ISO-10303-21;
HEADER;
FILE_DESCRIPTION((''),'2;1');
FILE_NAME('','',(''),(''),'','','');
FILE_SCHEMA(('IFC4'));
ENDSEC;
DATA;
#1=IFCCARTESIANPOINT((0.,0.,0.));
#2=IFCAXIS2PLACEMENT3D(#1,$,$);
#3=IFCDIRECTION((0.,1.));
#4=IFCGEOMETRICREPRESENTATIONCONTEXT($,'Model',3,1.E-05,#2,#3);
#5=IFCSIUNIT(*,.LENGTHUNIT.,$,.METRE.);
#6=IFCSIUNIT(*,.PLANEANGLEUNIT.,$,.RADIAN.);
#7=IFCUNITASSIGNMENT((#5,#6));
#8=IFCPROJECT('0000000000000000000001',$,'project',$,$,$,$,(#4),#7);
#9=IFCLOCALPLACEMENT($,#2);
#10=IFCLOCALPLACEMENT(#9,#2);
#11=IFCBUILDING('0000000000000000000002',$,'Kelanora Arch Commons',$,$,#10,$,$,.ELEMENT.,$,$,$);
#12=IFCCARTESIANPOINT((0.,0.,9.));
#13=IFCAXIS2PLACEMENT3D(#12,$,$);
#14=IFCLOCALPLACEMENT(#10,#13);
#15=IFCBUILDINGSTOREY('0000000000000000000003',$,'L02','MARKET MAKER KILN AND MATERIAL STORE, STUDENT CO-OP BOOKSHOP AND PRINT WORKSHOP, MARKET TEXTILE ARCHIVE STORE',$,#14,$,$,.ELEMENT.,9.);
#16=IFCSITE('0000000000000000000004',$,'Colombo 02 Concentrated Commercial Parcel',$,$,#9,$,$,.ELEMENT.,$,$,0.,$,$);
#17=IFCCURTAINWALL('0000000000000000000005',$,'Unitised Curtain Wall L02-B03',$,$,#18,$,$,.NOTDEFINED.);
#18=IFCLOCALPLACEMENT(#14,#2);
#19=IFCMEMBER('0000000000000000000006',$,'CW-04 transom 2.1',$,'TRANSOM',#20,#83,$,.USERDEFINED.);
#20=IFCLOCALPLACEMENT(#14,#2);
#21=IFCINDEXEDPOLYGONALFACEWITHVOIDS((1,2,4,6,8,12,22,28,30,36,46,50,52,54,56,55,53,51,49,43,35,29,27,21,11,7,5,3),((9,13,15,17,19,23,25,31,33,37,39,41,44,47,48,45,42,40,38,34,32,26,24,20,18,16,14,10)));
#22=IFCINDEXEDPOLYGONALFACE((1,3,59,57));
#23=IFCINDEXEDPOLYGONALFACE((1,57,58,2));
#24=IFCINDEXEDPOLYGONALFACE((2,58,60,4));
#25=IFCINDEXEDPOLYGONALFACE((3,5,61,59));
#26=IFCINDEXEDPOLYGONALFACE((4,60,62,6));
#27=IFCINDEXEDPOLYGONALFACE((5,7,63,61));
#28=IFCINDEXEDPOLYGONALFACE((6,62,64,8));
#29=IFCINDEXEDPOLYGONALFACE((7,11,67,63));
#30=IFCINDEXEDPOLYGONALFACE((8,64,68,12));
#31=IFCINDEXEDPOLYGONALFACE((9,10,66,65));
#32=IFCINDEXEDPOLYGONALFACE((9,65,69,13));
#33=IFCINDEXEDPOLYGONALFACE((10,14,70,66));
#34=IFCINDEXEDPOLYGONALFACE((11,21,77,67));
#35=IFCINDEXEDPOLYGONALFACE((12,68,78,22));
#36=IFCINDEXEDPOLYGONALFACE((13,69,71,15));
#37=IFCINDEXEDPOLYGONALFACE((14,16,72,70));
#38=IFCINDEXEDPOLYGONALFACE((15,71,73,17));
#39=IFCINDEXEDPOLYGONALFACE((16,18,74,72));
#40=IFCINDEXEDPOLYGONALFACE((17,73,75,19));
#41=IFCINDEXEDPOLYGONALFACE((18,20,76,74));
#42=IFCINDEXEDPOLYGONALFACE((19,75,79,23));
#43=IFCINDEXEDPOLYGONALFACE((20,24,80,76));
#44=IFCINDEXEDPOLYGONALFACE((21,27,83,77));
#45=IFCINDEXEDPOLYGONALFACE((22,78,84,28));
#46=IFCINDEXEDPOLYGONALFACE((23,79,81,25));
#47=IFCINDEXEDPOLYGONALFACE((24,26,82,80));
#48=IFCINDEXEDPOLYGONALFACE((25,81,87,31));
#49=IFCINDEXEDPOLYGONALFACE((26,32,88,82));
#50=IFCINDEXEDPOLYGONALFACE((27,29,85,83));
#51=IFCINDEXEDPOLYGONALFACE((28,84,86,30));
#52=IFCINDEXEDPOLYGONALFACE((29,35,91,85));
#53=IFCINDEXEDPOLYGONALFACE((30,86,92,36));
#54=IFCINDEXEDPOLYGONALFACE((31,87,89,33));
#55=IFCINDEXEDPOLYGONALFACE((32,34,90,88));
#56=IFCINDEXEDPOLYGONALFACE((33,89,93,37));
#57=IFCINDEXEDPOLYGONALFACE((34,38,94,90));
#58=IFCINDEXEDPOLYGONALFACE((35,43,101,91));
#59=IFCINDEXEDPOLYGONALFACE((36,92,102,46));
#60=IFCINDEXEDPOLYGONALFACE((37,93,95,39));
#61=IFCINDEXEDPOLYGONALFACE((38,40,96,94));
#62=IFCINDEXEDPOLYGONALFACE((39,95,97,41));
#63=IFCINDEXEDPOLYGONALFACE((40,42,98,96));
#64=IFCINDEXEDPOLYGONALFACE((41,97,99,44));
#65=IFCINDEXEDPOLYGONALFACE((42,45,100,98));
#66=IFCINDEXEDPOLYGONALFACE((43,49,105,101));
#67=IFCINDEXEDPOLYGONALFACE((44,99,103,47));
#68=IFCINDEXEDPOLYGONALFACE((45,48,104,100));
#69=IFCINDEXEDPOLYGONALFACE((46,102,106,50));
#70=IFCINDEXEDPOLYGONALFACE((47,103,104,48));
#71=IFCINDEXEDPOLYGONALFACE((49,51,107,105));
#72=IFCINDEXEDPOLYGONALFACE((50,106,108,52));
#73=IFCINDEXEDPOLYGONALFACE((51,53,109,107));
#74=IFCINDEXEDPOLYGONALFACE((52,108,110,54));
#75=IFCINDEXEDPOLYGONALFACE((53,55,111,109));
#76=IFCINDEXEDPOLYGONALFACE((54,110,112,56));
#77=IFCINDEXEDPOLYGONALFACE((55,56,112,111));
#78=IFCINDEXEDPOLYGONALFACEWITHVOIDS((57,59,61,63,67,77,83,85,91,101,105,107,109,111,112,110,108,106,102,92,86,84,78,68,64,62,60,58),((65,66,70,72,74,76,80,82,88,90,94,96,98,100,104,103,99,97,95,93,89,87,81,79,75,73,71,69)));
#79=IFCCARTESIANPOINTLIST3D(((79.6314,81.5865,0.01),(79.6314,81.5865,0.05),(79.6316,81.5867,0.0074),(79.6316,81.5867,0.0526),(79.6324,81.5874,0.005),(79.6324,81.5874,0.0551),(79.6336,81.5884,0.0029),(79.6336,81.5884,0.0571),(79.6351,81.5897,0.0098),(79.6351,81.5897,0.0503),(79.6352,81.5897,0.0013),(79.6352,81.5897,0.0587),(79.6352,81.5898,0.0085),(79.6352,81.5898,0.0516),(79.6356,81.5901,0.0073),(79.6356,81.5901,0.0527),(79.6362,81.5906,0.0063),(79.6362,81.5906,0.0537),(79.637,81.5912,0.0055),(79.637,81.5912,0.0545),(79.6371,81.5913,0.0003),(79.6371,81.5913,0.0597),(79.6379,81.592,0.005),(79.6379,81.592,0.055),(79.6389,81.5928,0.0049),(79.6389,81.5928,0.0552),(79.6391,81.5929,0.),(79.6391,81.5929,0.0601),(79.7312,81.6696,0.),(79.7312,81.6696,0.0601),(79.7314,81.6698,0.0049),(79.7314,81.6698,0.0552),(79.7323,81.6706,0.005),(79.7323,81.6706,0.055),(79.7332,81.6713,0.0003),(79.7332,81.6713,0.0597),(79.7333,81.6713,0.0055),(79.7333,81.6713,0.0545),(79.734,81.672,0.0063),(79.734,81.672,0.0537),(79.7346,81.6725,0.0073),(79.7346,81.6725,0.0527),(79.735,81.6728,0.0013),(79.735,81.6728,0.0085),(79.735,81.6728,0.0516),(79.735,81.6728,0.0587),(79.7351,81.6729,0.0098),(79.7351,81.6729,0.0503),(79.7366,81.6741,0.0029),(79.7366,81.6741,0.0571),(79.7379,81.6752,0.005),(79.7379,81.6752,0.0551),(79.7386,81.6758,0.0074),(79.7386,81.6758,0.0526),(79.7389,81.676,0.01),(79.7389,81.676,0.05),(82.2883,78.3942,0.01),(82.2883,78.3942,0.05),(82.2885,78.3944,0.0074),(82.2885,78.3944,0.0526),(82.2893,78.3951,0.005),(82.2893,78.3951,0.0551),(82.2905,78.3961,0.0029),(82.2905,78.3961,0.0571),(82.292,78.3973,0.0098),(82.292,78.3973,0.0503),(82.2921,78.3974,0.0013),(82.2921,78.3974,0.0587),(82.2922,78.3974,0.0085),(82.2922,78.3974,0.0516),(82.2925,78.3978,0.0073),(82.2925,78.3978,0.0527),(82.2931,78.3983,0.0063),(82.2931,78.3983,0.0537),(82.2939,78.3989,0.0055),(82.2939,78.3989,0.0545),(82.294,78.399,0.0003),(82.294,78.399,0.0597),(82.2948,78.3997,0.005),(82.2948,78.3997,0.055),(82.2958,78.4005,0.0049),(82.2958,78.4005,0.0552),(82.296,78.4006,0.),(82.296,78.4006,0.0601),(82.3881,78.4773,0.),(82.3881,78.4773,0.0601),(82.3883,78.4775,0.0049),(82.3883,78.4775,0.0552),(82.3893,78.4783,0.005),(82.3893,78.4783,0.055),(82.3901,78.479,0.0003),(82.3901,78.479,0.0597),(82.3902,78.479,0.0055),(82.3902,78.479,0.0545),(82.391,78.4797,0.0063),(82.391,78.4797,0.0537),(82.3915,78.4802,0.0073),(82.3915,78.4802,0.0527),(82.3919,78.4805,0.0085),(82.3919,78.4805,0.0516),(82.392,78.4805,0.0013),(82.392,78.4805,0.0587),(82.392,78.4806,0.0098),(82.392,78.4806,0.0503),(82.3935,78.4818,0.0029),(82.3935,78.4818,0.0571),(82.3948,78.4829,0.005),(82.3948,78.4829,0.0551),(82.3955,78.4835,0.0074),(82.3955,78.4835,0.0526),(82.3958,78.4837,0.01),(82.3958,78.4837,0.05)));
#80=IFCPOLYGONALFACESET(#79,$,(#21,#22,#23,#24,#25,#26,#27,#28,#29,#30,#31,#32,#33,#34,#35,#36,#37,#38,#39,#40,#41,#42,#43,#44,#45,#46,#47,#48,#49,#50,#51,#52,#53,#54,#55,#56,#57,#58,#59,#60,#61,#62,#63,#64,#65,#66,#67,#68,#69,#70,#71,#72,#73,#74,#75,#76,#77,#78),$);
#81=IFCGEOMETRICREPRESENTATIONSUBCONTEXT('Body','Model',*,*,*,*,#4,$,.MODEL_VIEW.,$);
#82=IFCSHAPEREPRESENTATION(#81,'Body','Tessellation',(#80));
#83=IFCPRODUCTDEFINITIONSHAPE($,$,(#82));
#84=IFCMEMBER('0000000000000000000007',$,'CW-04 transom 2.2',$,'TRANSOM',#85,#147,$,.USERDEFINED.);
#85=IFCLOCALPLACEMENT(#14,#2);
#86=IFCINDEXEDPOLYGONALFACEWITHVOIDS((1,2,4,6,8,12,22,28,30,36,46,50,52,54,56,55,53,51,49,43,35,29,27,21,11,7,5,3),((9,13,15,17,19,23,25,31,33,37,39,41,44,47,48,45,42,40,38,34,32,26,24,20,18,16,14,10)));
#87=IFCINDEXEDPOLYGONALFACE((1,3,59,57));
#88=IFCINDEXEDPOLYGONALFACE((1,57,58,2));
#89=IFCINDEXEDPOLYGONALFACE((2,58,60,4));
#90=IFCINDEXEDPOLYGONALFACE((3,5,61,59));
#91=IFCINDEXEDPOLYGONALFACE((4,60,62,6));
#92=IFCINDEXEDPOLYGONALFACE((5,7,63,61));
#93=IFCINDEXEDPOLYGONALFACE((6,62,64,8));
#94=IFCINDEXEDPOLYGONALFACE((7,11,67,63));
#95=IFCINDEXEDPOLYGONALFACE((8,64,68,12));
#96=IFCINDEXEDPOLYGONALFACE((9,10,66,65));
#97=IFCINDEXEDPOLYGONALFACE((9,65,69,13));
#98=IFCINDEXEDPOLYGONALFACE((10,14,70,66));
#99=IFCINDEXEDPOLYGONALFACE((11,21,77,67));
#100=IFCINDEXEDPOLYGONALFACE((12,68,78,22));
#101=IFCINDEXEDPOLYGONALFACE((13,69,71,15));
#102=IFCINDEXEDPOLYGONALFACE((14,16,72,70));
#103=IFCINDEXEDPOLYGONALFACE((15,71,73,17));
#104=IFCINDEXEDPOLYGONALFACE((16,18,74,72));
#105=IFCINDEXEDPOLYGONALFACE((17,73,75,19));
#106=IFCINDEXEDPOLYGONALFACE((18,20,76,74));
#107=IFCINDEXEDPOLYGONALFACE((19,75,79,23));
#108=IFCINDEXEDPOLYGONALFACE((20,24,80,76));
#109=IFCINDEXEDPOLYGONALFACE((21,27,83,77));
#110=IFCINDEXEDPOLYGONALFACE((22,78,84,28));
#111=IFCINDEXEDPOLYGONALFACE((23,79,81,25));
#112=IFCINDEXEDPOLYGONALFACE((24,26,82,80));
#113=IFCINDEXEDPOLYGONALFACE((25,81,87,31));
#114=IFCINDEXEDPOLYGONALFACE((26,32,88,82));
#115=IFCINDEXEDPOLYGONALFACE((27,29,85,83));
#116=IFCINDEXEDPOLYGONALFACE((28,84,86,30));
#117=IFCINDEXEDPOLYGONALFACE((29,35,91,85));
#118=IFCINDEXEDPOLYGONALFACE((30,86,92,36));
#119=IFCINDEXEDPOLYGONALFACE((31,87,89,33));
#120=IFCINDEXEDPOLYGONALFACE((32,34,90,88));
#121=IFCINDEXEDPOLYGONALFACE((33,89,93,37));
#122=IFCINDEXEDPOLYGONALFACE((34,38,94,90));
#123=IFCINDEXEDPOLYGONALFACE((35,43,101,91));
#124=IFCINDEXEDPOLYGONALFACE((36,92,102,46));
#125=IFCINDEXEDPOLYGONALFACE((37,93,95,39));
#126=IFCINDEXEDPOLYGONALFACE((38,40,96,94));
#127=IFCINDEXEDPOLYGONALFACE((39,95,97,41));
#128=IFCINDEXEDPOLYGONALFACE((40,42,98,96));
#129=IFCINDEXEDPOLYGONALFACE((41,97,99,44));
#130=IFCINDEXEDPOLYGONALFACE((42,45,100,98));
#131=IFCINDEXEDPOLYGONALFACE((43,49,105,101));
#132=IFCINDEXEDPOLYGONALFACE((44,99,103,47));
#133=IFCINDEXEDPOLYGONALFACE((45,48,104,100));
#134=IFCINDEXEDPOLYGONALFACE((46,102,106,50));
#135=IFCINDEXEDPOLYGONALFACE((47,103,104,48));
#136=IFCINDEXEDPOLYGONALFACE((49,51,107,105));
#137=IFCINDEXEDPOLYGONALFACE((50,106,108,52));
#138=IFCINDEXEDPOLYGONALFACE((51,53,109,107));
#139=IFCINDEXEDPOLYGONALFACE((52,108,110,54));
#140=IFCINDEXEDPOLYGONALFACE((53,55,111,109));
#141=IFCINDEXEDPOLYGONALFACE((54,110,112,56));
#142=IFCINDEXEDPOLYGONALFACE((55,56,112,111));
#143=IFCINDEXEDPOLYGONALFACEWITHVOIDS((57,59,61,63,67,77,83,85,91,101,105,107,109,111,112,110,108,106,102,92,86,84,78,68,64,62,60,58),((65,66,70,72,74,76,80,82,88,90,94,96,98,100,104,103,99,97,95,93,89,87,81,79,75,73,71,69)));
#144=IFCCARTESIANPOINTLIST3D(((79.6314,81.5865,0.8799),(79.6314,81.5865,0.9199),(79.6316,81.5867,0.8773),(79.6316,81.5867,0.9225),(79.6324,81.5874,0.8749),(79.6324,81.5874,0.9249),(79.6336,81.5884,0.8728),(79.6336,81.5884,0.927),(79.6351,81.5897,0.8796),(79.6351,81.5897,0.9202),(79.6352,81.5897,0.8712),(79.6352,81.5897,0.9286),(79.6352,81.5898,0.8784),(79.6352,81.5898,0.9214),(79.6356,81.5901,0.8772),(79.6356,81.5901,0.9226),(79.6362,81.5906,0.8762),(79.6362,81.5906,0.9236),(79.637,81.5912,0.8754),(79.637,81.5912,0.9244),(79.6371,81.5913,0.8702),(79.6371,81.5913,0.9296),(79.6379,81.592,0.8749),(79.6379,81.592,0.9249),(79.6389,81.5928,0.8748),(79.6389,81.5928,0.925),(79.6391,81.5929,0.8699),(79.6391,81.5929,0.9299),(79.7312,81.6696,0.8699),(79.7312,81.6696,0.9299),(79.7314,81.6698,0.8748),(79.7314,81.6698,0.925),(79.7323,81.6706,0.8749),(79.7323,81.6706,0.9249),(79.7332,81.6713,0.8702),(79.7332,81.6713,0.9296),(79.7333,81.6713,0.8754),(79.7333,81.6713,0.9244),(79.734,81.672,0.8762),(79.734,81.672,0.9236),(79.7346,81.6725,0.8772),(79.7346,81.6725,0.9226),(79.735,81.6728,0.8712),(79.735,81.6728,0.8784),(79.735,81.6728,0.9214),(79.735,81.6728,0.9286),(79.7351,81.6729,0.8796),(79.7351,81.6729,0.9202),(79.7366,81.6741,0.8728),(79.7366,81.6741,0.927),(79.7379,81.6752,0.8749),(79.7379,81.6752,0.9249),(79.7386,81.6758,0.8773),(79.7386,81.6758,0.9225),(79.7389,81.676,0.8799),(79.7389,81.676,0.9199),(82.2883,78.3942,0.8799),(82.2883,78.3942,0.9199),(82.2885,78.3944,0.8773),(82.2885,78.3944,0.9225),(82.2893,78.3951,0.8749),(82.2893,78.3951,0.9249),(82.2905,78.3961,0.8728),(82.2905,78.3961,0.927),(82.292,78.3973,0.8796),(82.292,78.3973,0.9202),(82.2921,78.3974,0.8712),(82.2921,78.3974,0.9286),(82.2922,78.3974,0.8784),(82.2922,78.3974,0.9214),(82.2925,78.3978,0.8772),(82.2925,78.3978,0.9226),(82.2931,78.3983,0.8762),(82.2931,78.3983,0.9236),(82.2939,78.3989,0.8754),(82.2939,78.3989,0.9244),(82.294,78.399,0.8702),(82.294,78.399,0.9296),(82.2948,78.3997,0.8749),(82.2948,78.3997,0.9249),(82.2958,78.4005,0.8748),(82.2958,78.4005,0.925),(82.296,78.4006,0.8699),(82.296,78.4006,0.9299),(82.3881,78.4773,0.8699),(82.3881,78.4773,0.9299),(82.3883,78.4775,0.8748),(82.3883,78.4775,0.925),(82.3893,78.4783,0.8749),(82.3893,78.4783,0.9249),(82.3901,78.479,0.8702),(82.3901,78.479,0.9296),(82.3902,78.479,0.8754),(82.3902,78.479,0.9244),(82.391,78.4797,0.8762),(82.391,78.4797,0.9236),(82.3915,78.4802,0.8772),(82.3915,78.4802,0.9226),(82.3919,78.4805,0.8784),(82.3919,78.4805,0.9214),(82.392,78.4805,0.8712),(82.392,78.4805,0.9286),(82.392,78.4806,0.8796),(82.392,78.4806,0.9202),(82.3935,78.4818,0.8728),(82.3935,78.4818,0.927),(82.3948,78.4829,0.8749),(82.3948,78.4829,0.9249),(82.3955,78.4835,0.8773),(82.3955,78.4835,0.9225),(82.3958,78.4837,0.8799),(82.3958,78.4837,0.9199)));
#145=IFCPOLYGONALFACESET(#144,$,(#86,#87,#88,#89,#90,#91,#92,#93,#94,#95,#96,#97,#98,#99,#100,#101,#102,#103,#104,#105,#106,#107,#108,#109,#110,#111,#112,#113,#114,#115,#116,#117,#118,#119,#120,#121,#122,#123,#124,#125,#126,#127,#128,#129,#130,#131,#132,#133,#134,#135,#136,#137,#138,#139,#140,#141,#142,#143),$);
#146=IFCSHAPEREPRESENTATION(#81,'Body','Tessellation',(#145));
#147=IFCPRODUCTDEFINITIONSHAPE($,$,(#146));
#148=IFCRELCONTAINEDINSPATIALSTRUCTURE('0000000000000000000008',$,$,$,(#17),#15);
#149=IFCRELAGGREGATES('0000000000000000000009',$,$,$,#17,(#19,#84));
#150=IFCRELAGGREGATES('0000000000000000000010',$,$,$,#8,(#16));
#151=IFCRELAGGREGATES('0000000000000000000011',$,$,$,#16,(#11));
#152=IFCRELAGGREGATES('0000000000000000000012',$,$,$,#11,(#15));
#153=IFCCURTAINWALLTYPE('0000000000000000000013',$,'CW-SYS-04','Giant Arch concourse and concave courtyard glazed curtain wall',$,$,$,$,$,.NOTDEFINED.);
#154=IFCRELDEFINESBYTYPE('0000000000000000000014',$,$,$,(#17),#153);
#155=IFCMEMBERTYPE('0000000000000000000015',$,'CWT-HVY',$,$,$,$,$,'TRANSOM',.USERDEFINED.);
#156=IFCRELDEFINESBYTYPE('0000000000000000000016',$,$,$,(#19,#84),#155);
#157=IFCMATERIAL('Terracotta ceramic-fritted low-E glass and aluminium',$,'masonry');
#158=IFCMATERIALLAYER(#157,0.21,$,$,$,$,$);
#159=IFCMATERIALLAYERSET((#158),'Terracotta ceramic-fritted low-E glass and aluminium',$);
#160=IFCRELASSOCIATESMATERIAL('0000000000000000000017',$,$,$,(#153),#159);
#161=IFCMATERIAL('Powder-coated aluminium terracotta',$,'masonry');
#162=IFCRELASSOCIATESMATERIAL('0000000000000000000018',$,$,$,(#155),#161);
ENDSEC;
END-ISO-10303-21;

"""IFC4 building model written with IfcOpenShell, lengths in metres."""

from ifc_helpers import new_model, si_unit, direction, frame, origin, origin_2d, place, context, subcontext, project, spatial, hollow_rectangle, extrude, material, layer, layer_set, material_profile, profile_set, type_object, element, aggregate, save


model = new_model("IFC4")

# Units and contexts
model_context = context("Model", 3, precision=1e-05, world=origin(), true_north=direction((0.0, 1.0)))
body_context = subcontext(model_context, "Body", "Model", "MODEL_VIEW")
ifc_project = project(units=[si_unit("LENGTHUNIT", "METRE"), si_unit("PLANEANGLEUNIT", "RADIAN")], contexts=[model_context])

# Site, building, storey
site_placement = place(None, origin())
site = spatial("IfcSite", under=ifc_project, at=site_placement, Name="Colombo 02 Concentrated Commercial Parcel", CompositionType="ELEMENT", RefElevation=0.0)
building_placement = place(site_placement, origin())
building = spatial("IfcBuilding", under=site, at=building_placement, Name="Kelanora Arch Commons", CompositionType="ELEMENT")
storey_placement = place(building_placement, frame((0.0, 0.0, 9.0)))
storey = spatial("IfcBuildingStorey", under=building, at=storey_placement, Name="L02", Description="MARKET MAKER KILN AND MATERIAL STORE, STUDENT CO-OP BOOKSHOP AND PRINT WORKSHOP, MARKET TEXTILE ARCHIVE STORE", CompositionType="ELEMENT", Elevation=9.0)

# Curtain wall
ifc_material_1 = material(Name="Terracotta ceramic-fritted low-E glass and aluminium", Category="masonry")
ifc_layer_1 = layer(ifc_material_1, 0.21)
ifc_layer_set_1 = layer_set([ifc_layer_1], Name="Terracotta ceramic-fritted low-E glass and aluminium")
curtain_wall_type = type_object("IfcCurtainWallType", Name="CW-SYS-04", Description="Giant Arch concourse and concave courtyard glazed curtain wall", PredefinedType="NOTDEFINED", material=ifc_layer_set_1)
ifc_material_2 = material(Name="Powder-coated aluminium terracotta", Category="masonry")
curtain_wall_1_placement = place(storey_placement, origin())
curtain_wall_1 = element("IfcCurtainWall", 1, at=curtain_wall_1_placement, inside=storey, type_object=curtain_wall_type, Name="Unitised Curtain Wall L02-B03", PredefinedType="NOTDEFINED")

# Members
ifc_material_profile_1 = material_profile(ifc_material_2, hollow_rectangle(XDim=0.1399, YDim=0.0601, WallThickness=0.0049, InnerFilletRadius=0.0049, OuterFilletRadius=0.01, at=origin_2d()), Name="CWT140x60")
ifc_profile_set_1 = profile_set([ifc_material_profile_1], Name="Powder-coated aluminium terracotta")
member_type_1 = type_object("IfcMemberType", Name="CWT-HVY", ElementType="TRANSOM", PredefinedType="USERDEFINED", material=ifc_profile_set_1)
member_1_placement = place(storey_placement, frame((82.342, 78.439, 0.03), z_axis=(-0.63971, 0.768616, 0.0), x_axis=(-0.768616, -0.63971, 0.0)))
member_1 = element("IfcMember", 2, at=member_1_placement, type_object=member_type_1, Name="CW-04 transom 2.1", ObjectType="TRANSOM", PredefinedType="USERDEFINED", context=body_context, shape_type="SweptSolid", body=[
    extrude(hollow_rectangle(XDim=0.1399, YDim=0.0601, WallThickness=0.0049, InnerFilletRadius=0.0049, OuterFilletRadius=0.01, at=origin_2d()), origin(), (0.0, 0.0, 1.0), 4.1533),
])
member_2_placement = place(storey_placement, frame((82.342, 78.439, 0.8999), z_axis=(-0.63971, 0.768616, 0.0), x_axis=(-0.768616, -0.63971, 0.0)))
member_2 = element("IfcMember", 3, at=member_2_placement, type_object=member_type_1, Name="CW-04 transom 2.2", ObjectType="TRANSOM", PredefinedType="USERDEFINED", context=body_context, shape_type="SweptSolid", body=[
    extrude(hollow_rectangle(XDim=0.1399, YDim=0.0601, WallThickness=0.0049, InnerFilletRadius=0.0049, OuterFilletRadius=0.01, at=origin_2d()), origin(), (0.0, 0.0, 1.0), 4.1533),
])

aggregate(curtain_wall_1, [member_1, member_2])

save(model, "model.ifc")
